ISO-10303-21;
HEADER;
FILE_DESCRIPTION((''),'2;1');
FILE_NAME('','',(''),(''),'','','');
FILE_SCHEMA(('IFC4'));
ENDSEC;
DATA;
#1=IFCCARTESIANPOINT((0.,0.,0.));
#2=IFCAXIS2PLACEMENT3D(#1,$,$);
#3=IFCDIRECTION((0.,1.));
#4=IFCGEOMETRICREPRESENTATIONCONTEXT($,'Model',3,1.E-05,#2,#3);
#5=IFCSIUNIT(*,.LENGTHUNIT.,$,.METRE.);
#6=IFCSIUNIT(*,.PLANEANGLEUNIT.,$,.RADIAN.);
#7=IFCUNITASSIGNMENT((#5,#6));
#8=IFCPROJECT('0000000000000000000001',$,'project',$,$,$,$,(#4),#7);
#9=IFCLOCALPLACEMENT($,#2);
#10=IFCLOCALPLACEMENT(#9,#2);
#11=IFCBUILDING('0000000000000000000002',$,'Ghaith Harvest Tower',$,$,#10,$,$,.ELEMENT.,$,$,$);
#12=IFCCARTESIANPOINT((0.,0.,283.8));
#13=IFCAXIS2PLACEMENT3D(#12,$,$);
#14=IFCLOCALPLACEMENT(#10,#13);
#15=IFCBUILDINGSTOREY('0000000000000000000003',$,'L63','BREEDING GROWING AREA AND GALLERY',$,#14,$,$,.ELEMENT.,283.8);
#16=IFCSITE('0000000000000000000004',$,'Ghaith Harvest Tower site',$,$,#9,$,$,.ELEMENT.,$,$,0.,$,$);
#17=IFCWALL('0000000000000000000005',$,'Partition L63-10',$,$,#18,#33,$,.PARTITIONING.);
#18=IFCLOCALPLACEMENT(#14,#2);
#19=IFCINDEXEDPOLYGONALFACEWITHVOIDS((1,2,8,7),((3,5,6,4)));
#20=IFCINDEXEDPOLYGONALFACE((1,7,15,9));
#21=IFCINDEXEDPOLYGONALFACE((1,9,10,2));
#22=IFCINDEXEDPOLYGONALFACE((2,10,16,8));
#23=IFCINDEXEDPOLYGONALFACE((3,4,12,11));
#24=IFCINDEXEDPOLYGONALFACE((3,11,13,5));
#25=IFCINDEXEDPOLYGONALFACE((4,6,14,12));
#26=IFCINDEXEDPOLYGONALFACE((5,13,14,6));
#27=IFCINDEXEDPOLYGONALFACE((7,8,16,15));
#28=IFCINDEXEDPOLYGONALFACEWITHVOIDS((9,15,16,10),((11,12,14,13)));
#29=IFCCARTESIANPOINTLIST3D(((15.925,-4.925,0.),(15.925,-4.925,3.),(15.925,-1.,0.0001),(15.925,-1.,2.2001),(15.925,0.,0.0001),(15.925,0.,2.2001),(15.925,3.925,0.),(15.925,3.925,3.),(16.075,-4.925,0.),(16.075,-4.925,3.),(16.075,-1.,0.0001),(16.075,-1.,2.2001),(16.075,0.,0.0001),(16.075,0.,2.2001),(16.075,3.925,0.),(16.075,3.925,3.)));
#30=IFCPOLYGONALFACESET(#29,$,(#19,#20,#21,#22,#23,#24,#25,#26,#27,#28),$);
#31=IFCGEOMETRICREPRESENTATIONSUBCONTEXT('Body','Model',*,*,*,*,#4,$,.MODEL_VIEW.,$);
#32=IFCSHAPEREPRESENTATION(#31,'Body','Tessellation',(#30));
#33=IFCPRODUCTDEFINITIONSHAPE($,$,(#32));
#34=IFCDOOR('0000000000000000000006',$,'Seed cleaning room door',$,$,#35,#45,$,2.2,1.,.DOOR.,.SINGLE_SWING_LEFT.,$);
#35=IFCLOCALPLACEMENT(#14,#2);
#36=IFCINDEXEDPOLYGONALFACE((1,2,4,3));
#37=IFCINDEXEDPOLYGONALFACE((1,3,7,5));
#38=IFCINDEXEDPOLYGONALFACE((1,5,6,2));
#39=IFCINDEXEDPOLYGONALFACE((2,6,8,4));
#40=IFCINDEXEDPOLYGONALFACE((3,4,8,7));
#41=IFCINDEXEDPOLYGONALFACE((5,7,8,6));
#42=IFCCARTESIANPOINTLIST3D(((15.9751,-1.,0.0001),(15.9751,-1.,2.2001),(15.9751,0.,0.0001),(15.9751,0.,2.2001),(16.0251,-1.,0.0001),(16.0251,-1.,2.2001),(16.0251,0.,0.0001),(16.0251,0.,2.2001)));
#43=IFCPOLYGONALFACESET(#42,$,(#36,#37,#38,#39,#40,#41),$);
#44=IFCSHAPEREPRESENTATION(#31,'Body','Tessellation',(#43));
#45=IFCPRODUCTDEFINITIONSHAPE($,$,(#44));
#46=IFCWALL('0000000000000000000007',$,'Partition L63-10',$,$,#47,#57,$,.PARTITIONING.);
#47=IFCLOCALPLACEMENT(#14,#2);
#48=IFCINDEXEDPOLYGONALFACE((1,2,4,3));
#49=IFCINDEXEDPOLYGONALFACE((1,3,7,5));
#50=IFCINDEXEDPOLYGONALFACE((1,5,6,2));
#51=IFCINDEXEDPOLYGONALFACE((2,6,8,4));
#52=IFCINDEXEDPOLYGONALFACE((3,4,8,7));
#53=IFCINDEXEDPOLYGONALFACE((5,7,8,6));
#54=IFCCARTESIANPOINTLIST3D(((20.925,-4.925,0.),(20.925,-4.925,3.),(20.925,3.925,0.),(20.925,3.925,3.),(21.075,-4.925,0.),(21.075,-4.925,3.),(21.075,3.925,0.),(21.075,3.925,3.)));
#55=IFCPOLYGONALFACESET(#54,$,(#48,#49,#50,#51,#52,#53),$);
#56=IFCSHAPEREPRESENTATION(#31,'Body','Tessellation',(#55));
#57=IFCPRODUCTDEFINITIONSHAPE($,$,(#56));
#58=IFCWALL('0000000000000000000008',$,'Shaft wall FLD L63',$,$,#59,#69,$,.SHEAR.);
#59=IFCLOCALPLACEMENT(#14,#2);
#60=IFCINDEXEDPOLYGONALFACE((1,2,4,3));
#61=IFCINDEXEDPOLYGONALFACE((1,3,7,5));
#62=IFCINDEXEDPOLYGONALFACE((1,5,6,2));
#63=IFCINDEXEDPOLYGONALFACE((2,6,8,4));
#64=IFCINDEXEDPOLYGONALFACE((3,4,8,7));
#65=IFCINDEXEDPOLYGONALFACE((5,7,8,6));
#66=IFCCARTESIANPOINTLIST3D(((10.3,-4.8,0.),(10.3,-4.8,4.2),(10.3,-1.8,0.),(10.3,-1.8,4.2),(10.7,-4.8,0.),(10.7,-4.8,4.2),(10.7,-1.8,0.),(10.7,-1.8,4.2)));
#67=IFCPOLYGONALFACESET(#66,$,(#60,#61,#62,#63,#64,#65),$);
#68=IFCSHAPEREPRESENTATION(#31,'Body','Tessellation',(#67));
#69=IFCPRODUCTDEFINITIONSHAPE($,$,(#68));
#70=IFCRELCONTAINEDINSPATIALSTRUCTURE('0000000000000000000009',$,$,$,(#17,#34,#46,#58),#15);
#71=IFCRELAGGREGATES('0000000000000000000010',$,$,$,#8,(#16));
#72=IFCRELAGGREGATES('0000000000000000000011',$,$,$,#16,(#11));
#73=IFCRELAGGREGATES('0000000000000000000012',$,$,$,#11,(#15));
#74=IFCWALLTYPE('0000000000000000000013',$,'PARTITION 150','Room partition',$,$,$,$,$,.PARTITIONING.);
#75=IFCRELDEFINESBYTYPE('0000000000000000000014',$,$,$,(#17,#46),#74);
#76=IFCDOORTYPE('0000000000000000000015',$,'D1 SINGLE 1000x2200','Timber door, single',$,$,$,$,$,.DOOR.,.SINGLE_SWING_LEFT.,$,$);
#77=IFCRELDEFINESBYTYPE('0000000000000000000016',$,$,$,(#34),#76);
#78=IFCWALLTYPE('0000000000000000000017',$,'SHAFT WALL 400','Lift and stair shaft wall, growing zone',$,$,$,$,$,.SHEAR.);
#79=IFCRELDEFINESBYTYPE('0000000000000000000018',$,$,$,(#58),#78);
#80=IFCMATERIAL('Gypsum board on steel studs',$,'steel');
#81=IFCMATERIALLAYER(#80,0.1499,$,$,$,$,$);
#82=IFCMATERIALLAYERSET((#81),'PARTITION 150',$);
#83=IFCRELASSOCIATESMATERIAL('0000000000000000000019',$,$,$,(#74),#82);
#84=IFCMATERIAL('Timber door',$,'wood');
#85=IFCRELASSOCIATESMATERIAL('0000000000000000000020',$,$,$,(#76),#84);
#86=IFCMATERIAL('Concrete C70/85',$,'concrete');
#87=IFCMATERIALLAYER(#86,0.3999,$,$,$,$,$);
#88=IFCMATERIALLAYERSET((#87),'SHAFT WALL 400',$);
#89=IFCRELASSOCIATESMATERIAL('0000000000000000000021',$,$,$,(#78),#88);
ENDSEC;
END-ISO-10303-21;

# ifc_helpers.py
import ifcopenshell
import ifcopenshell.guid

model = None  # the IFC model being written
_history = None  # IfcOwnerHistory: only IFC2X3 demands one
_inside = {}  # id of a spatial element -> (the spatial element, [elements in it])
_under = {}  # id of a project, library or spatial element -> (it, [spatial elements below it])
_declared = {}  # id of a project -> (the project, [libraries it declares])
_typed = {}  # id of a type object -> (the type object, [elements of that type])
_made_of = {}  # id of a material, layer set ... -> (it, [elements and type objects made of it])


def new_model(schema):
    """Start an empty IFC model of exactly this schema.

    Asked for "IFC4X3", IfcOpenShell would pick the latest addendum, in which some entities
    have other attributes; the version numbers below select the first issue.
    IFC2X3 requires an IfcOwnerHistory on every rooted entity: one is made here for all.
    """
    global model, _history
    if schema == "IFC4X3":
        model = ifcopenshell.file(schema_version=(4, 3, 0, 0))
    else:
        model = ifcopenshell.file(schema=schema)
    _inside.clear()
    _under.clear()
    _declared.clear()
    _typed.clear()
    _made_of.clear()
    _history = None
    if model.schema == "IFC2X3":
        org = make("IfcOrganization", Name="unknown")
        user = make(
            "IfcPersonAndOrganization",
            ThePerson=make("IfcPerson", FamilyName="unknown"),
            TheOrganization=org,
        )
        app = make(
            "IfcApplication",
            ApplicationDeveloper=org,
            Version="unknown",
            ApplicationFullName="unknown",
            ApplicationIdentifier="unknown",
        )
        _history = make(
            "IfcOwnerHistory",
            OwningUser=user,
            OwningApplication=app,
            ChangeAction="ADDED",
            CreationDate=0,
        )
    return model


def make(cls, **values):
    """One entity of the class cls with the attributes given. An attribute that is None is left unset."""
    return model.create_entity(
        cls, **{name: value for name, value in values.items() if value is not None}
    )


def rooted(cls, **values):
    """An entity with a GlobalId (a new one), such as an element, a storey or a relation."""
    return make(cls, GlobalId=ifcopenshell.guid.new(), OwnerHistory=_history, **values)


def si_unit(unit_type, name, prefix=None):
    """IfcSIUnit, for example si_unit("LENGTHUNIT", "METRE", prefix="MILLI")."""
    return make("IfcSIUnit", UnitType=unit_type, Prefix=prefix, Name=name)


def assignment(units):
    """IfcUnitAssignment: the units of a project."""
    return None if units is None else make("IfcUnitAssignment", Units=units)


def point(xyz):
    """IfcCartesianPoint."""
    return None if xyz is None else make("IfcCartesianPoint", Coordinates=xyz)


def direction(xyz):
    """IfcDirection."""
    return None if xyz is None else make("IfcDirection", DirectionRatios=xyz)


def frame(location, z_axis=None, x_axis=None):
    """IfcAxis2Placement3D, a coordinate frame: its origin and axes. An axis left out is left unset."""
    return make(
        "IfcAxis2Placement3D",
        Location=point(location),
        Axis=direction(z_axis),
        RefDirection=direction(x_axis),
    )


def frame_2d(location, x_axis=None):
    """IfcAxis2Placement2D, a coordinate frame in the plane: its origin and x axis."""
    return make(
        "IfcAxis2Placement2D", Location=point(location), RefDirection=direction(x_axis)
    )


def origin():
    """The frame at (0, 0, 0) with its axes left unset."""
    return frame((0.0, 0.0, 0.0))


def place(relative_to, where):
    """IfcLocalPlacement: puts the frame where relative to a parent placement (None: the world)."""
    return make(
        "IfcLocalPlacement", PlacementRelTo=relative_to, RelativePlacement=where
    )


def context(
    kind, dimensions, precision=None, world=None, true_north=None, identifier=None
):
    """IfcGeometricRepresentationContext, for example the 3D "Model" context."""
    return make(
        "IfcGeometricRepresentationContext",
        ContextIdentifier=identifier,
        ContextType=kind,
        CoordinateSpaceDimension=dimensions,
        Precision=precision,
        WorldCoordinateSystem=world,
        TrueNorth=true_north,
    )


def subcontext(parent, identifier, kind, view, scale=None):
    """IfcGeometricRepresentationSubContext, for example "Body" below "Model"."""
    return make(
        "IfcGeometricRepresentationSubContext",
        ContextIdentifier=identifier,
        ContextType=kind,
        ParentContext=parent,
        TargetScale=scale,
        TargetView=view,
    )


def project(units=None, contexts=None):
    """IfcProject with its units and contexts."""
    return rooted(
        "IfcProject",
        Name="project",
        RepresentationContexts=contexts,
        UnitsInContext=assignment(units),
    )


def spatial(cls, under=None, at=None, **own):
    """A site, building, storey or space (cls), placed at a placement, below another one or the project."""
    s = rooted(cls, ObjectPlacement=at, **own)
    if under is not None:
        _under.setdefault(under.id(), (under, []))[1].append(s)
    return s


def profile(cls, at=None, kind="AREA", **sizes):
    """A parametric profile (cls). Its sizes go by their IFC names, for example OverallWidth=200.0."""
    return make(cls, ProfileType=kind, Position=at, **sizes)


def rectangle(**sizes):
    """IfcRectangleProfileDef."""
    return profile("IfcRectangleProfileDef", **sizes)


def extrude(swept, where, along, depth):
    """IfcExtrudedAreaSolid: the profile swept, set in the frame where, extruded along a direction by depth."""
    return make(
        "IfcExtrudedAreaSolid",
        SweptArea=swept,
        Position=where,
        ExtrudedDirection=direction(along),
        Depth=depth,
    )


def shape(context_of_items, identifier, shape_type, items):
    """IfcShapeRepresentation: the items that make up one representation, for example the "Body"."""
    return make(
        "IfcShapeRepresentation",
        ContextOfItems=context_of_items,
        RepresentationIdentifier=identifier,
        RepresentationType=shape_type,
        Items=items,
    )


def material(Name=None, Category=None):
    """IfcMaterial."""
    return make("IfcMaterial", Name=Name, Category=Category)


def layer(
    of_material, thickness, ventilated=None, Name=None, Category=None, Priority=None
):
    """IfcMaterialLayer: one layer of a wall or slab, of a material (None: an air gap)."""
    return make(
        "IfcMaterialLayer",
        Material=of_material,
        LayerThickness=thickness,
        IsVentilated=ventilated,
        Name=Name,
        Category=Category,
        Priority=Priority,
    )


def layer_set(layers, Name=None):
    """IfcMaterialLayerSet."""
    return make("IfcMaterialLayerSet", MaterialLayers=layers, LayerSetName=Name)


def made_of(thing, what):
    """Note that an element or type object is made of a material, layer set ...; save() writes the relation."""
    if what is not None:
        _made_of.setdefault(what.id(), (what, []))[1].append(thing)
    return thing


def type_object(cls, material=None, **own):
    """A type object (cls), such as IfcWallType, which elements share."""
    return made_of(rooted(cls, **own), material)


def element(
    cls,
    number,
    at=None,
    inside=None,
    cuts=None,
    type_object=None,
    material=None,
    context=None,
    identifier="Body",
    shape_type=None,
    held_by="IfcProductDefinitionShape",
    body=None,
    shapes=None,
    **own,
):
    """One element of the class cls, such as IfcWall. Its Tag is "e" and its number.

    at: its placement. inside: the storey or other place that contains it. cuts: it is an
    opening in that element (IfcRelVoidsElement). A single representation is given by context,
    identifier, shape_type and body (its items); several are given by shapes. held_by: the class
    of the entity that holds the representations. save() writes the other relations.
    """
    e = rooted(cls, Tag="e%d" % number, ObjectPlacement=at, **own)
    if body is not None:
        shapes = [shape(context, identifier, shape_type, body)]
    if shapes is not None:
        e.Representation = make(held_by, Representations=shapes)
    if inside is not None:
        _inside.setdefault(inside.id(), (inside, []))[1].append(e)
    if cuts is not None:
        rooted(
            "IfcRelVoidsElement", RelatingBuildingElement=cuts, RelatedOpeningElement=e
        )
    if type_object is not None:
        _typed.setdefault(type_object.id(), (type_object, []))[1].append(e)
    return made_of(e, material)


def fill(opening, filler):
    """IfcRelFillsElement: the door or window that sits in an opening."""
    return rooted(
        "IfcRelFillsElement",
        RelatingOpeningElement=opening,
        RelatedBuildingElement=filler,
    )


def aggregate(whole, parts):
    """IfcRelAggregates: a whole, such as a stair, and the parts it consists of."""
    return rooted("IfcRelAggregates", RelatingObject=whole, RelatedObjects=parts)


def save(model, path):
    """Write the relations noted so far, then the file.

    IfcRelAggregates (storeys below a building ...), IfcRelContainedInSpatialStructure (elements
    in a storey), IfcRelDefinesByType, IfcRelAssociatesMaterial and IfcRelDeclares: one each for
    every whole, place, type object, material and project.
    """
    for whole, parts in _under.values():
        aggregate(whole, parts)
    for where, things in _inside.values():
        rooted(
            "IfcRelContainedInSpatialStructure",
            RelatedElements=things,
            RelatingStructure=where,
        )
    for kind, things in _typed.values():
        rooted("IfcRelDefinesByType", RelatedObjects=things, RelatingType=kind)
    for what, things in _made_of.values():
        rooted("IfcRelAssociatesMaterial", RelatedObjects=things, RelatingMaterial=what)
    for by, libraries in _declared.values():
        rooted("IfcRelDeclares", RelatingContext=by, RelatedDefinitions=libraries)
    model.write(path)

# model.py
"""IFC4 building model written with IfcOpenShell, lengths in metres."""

from ifc_helpers import new_model, si_unit, direction, frame, frame_2d, origin, place, context, subcontext, project, spatial, rectangle, extrude, material, layer, layer_set, type_object, element, fill, save


model = new_model("IFC4")

# Units and contexts
model_context = context("Model", 3, precision=1e-05, world=origin(), true_north=direction((0.0, 1.0)))
body_context = subcontext(model_context, "Body", "Model", "MODEL_VIEW")
ifc_project = project(units=[si_unit("LENGTHUNIT", "METRE"), si_unit("PLANEANGLEUNIT", "RADIAN")], contexts=[model_context])

# Site, building, storey
site_placement = place(None, origin())
site = spatial("IfcSite", under=ifc_project, at=site_placement, Name="Ghaith Harvest Tower site", CompositionType="ELEMENT", RefElevation=0.0)
building_placement = place(site_placement, origin())
building = spatial("IfcBuilding", under=site, at=building_placement, Name="Ghaith Harvest Tower", CompositionType="ELEMENT")
storey_placement = place(building_placement, frame((0.0, 0.0, 283.8)))
storey = spatial("IfcBuildingStorey", under=building, at=storey_placement, Name="L63", Description="BREEDING GROWING AREA AND GALLERY", CompositionType="ELEMENT", Elevation=283.8)

# Shared definitions
ifc_material_1 = material(Name="Gypsum board on steel studs", Category="steel")
ifc_layer_1 = layer(ifc_material_1, 0.1499)
ifc_layer_set_1 = layer_set([ifc_layer_1], Name="PARTITION 150")
wall_type_1 = type_object("IfcWallType", Name="PARTITION 150", Description="Room partition", PredefinedType="PARTITIONING", material=ifc_layer_set_1)

# Wall, opening, door
wall_1_placement = place(storey_placement, frame((16.0, -4.925, 0.0), z_axis=(0.0, 0.0, 1.0), x_axis=(0.0, 1.0, 0.0)))
wall_1 = element("IfcWall", 1, at=wall_1_placement, inside=storey, type_object=wall_type_1, Name="Partition L63-10", PredefinedType="PARTITIONING", context=body_context, shape_type="SweptSolid", body=[
    extrude(rectangle(XDim=8.8501, YDim=0.1499, at=frame_2d((4.425, 0.0))), origin(), (0.0, 0.0, 1.0), 3.0),
])
opening_1_placement = place(wall_1_placement, frame((3.925, 0.0, 0.0)))
opening_1 = element("IfcOpeningElement", 2, at=opening_1_placement, cuts=wall_1, PredefinedType="OPENING", context=body_context, shape_type="SweptSolid", body=[
    extrude(rectangle(XDim=1.0, YDim=2.2, at=frame_2d((0.5, 1.1001))), frame((0.0, 0.085, 0.0), z_axis=(0.0, -1.0, 0.0), x_axis=(1.0, 0.0, 0.0)), (0.0, 0.0, 1.0), 0.1699),
])
ifc_material_2 = material(Name="Timber door", Category="wood")
door_type_1 = type_object("IfcDoorType", Name="D1 SINGLE 1000x2200", Description="Timber door, single", OperationType="SINGLE_SWING_LEFT", PredefinedType="DOOR", material=ifc_material_2)
door_1_placement = place(opening_1_placement, origin())
door_1 = element("IfcDoor", 3, at=door_1_placement, inside=storey, type_object=door_type_1, Name="Seed cleaning room door", OperationType="SINGLE_SWING_LEFT", OverallHeight=2.2, OverallWidth=1.0, PredefinedType="DOOR", context=body_context, shape_type="SweptSolid", body=[
    extrude(rectangle(XDim=1.0, YDim=2.2, at=frame_2d((0.5, 1.1001))), frame((0.0, 0.0249, 0.0), z_axis=(0.0, -1.0, 0.0), x_axis=(1.0, 0.0, 0.0)), (0.0, 0.0, 1.0), 0.05),
])
fill(opening_1, door_1)

# Walls
wall_2_placement = place(storey_placement, frame((21.0, -4.925, 0.0), z_axis=(0.0, 0.0, 1.0), x_axis=(0.0, 1.0, 0.0)))
element("IfcWall", 4, at=wall_2_placement, inside=storey, type_object=wall_type_1, Name="Partition L63-10", PredefinedType="PARTITIONING", context=body_context, shape_type="SweptSolid", body=[
    extrude(rectangle(XDim=8.8501, YDim=0.1499, at=frame_2d((4.425, 0.0))), origin(), (0.0, 0.0, 1.0), 3.0),
])
ifc_material_3 = material(Name="Concrete C70/85", Category="concrete")
ifc_layer_2 = layer(ifc_material_3, 0.3999)
ifc_layer_set_2 = layer_set([ifc_layer_2], Name="SHAFT WALL 400")
wall_type_2 = type_object("IfcWallType", Name="SHAFT WALL 400", Description="Lift and stair shaft wall, growing zone", PredefinedType="SHEAR", material=ifc_layer_set_2)
wall_3_placement = place(storey_placement, frame((10.5, -4.8, 0.0), z_axis=(0.0, 0.0, 1.0), x_axis=(0.0, 1.0, 0.0)))
element("IfcWall", 5, at=wall_3_placement, inside=storey, type_object=wall_type_2, Name="Shaft wall FLD L63", PredefinedType="SHEAR", context=body_context, shape_type="SweptSolid", body=[
    extrude(rectangle(XDim=3.0, YDim=0.3999, at=frame_2d((1.5, 0.0))), origin(), (0.0, 0.0, 1.0), 4.2),
])

save(model, "model.ifc")
